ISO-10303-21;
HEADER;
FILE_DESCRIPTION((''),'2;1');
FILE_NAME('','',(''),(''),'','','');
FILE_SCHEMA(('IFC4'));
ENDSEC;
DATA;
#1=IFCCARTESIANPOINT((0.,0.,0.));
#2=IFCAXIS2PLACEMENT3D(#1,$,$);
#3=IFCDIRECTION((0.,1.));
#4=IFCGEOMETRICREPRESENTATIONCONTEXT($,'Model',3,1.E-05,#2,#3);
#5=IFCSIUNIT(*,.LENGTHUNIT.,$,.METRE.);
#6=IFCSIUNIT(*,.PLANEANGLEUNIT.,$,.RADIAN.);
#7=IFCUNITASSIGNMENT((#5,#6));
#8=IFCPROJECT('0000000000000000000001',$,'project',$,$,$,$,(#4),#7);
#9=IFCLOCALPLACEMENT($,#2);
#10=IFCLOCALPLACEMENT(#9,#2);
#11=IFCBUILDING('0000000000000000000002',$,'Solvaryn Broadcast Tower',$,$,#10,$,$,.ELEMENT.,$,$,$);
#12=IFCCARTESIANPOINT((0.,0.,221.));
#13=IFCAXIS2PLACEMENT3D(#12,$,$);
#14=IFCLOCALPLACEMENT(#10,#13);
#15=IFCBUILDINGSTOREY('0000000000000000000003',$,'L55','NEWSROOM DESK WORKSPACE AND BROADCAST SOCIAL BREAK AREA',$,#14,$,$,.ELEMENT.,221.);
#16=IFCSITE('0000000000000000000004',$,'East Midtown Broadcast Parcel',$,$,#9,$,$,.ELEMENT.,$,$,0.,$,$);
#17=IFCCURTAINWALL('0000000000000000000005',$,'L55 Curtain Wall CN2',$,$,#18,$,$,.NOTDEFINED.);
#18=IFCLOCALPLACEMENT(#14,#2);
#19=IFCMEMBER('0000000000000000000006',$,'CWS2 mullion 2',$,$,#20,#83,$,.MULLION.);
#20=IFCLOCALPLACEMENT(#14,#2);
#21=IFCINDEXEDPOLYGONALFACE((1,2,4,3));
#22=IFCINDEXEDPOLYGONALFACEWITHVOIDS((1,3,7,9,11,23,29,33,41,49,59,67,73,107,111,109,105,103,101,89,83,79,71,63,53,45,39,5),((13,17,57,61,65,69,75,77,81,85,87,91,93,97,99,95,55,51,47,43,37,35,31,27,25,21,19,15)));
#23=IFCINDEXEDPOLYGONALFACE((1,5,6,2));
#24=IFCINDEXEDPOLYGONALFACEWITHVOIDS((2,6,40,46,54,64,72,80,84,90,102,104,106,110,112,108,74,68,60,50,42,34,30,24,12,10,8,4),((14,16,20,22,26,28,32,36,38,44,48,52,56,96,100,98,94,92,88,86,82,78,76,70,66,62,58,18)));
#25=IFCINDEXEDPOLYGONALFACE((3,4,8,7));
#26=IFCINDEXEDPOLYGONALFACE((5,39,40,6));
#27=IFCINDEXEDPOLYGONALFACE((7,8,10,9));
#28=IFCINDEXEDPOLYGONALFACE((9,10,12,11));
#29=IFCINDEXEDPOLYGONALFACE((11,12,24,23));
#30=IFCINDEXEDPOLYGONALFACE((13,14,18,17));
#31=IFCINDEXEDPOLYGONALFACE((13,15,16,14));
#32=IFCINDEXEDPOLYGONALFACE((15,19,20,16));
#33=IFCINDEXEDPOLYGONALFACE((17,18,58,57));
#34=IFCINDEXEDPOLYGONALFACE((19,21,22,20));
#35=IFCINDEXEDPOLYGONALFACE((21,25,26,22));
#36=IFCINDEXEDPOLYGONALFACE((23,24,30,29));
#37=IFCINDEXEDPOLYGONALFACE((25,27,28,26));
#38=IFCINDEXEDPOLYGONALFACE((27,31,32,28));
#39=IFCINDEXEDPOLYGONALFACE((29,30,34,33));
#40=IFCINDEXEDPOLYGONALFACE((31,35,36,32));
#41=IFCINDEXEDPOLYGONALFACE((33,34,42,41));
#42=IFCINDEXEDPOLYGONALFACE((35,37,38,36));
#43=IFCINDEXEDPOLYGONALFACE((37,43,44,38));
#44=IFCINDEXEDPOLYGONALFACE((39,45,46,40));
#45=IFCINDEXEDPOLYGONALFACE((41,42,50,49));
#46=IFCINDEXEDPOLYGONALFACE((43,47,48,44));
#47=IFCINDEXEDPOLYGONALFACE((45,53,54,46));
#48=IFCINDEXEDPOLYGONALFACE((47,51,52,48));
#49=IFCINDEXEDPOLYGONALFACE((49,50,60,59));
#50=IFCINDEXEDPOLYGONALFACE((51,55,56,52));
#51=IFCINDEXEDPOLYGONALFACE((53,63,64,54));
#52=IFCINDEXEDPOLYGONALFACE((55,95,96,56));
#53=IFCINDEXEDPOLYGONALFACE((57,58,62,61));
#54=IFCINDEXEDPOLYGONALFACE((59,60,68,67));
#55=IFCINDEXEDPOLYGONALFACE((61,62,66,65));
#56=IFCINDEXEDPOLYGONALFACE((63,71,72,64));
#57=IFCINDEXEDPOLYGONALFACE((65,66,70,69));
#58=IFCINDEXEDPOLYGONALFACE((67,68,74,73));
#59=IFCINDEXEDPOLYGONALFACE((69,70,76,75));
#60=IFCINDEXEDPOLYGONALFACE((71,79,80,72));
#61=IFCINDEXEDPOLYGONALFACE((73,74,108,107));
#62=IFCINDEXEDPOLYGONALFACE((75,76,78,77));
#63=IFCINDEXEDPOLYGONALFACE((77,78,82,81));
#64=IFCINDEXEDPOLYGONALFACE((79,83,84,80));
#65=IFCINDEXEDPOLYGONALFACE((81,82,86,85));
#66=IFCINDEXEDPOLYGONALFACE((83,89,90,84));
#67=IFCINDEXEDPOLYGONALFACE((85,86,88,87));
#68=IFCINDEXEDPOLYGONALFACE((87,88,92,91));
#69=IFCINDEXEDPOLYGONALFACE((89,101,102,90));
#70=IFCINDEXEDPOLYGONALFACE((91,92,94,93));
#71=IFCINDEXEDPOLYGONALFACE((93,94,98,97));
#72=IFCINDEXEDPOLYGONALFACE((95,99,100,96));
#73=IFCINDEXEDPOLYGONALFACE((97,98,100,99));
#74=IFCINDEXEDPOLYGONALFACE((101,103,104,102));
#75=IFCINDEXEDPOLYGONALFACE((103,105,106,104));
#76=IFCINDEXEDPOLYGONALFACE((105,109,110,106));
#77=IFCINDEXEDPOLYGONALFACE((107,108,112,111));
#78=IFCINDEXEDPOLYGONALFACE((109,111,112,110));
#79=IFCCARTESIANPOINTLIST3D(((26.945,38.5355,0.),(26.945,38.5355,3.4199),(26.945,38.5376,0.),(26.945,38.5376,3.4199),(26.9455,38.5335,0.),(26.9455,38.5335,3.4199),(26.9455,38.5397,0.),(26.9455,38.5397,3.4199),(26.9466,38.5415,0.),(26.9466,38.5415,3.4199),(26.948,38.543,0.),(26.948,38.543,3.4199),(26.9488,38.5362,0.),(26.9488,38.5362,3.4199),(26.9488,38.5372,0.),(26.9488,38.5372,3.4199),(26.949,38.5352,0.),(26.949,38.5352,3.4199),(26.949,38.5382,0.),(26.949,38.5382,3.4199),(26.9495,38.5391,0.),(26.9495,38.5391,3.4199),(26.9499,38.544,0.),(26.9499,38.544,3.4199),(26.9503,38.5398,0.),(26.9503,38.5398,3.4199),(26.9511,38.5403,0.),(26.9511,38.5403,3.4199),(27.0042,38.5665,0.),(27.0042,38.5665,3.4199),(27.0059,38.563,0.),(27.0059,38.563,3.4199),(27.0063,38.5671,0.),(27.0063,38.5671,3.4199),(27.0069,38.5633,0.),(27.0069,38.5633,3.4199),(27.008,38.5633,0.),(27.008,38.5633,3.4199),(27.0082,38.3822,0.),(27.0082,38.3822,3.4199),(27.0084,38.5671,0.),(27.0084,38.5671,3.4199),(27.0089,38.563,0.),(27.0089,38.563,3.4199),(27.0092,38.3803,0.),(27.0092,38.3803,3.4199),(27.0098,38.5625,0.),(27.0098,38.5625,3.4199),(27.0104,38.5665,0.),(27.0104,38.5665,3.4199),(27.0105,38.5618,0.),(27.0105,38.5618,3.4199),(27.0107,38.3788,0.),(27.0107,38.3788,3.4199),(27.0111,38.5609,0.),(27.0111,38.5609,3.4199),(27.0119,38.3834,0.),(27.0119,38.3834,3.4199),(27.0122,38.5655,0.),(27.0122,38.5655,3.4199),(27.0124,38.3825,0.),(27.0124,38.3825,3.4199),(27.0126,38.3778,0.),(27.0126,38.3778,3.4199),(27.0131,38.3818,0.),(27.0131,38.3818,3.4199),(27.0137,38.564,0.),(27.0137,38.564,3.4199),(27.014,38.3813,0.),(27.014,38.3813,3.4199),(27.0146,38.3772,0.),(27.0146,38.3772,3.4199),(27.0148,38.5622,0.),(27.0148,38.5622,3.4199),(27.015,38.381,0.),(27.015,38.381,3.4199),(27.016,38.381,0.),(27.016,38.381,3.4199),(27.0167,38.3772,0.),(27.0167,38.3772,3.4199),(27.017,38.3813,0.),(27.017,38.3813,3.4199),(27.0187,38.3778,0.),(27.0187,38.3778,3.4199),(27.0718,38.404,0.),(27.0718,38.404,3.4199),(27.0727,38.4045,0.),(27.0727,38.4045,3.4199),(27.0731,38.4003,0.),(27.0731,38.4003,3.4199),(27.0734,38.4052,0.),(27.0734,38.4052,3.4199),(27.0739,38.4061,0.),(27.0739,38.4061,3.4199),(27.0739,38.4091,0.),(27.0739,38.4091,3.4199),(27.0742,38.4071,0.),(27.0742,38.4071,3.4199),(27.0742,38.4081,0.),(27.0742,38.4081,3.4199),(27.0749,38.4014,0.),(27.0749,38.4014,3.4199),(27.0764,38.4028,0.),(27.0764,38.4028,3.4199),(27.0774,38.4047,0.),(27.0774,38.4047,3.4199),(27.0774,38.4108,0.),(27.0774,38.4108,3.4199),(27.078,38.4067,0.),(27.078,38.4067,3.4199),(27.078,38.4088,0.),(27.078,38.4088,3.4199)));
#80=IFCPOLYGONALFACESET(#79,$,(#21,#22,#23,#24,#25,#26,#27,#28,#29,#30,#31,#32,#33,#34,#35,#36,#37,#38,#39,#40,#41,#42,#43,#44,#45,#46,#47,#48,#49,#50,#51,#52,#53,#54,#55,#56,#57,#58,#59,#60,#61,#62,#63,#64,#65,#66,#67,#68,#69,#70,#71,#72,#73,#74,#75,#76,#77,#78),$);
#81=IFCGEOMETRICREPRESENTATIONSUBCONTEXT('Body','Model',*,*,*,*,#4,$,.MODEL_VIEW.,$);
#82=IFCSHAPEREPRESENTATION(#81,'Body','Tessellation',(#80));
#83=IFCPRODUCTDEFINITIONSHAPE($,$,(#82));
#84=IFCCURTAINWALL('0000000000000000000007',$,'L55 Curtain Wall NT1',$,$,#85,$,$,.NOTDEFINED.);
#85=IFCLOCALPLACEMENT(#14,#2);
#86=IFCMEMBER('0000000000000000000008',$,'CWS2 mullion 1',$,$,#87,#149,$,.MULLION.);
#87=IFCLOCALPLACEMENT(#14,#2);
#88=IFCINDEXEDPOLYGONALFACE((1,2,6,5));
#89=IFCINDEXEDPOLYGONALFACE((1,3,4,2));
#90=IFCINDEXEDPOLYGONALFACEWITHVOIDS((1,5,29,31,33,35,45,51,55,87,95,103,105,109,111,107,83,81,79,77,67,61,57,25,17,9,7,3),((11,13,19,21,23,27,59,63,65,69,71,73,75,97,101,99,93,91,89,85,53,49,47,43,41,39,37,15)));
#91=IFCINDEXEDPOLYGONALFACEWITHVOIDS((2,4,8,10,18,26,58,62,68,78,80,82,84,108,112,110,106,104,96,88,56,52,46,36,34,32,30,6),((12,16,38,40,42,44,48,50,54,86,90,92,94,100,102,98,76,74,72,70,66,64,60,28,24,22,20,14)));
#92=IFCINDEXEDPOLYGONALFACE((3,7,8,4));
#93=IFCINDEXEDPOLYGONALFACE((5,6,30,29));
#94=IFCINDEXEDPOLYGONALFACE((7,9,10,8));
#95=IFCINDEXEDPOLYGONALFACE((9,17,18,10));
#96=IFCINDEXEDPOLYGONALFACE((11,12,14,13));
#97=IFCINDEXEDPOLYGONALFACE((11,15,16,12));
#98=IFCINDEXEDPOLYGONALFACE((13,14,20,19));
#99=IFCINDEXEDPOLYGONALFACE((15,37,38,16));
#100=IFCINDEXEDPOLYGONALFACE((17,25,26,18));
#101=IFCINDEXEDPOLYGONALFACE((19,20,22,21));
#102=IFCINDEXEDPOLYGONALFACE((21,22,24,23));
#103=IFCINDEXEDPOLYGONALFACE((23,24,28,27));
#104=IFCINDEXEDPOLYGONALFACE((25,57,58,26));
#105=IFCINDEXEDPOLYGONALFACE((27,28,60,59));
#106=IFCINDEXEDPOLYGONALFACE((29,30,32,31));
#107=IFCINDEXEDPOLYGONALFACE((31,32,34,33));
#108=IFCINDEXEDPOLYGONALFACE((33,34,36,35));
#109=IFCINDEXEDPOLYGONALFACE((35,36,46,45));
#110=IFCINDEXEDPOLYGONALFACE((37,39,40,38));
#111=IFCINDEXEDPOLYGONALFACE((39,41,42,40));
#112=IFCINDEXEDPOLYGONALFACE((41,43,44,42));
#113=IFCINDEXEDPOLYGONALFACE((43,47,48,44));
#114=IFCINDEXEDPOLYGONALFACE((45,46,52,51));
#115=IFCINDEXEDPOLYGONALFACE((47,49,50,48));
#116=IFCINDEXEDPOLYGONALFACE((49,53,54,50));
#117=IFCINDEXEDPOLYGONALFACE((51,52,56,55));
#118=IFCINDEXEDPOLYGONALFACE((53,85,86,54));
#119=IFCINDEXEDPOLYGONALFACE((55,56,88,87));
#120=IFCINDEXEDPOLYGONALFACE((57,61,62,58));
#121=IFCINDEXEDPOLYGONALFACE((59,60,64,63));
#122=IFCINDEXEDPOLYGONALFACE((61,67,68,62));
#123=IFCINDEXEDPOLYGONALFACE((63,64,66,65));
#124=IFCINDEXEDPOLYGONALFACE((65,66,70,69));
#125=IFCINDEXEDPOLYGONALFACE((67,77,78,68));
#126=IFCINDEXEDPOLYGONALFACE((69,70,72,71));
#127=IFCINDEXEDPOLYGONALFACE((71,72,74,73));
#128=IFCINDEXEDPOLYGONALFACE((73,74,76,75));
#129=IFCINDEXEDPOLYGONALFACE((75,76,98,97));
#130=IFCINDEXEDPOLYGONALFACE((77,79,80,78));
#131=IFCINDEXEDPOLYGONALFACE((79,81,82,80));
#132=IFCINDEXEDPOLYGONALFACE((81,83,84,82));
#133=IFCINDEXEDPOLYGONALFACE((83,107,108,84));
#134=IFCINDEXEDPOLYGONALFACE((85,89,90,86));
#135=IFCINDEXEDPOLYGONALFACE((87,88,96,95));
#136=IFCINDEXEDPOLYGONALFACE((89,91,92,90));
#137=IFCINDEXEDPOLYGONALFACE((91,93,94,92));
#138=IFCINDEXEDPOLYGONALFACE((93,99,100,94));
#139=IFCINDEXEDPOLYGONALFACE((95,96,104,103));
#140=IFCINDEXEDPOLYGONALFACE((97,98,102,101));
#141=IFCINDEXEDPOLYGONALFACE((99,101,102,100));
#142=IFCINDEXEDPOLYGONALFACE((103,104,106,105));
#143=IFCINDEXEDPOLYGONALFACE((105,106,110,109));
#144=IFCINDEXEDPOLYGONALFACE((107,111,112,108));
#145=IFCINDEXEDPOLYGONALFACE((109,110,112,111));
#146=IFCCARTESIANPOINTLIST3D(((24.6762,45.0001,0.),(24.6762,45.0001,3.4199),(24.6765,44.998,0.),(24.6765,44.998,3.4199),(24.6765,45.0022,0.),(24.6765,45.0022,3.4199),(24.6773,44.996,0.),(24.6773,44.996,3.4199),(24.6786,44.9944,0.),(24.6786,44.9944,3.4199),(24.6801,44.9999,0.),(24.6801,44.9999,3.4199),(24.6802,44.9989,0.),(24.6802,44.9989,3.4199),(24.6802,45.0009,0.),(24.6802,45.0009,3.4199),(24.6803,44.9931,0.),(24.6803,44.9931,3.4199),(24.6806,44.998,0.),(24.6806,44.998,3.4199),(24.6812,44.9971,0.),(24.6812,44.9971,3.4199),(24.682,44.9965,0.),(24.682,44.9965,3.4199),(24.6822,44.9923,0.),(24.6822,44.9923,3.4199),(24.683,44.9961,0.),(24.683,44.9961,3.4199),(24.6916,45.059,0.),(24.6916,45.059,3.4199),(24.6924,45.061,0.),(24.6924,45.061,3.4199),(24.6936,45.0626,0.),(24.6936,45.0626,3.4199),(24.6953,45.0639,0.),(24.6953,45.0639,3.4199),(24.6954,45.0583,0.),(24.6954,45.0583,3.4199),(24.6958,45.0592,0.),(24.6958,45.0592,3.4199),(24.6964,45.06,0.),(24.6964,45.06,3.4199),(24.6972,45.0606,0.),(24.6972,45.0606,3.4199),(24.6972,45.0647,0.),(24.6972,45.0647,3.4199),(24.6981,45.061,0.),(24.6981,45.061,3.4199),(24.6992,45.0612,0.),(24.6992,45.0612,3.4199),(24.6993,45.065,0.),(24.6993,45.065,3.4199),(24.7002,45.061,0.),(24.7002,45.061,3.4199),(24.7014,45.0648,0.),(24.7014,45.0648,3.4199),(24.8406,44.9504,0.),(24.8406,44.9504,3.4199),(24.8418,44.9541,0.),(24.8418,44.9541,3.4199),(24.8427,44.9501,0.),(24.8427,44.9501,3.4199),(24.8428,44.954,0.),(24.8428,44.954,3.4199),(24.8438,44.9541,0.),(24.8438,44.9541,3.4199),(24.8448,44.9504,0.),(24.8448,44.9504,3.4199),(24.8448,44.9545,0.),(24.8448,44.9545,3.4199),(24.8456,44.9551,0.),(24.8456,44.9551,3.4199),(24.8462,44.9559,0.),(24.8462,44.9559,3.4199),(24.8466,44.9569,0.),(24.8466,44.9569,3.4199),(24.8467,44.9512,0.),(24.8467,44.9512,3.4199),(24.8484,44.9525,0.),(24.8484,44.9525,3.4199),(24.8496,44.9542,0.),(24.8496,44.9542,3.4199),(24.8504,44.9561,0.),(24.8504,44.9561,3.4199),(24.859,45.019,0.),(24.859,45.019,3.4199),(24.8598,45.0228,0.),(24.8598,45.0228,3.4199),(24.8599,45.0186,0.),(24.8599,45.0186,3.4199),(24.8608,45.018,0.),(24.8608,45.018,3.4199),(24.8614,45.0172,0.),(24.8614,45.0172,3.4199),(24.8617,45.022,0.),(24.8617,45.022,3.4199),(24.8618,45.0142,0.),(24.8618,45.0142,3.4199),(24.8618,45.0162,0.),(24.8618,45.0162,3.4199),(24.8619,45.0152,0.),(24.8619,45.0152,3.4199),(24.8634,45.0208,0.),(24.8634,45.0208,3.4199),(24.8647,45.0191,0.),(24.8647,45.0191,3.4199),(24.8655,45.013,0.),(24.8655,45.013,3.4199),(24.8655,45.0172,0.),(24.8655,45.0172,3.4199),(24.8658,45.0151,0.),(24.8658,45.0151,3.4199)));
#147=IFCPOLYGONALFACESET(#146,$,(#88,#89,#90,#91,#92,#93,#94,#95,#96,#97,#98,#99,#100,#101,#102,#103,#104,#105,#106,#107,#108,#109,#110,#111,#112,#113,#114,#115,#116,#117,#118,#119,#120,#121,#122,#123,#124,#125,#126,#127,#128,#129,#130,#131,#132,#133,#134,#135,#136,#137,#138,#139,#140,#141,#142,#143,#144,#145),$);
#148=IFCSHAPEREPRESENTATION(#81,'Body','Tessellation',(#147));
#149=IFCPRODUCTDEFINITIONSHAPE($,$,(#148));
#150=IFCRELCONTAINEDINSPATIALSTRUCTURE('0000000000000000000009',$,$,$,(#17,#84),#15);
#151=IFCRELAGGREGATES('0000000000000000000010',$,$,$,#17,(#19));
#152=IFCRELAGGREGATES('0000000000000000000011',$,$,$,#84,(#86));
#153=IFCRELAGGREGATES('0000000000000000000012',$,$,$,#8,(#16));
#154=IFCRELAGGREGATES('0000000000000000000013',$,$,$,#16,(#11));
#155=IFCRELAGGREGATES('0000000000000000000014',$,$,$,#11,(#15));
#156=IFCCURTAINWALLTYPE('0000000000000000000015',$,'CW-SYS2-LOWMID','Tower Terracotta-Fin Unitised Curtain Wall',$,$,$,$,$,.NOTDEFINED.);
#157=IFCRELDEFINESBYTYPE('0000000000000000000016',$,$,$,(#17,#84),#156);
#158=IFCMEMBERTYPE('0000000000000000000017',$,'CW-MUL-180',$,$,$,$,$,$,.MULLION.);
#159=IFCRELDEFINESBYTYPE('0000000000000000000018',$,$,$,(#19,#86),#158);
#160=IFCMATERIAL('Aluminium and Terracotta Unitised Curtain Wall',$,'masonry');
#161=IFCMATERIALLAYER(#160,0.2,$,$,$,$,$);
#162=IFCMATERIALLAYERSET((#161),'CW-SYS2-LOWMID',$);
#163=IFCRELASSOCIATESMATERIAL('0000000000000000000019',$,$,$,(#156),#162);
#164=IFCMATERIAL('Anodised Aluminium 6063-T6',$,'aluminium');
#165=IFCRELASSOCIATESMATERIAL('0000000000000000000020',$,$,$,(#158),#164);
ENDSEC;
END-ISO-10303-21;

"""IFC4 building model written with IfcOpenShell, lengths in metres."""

from ifc_helpers import new_model, si_unit, direction, frame, origin, origin_2d, place, context, subcontext, project, spatial, hollow_rectangle, extrude, material, layer, layer_set, material_profile, profile_set, type_object, element, aggregate, save


model = new_model("IFC4")

# Units and contexts
model_context = context("Model", 3, precision=1e-05, world=origin(), true_north=direction((0.0, 1.0)))
body_context = subcontext(model_context, "Body", "Model", "MODEL_VIEW")
ifc_project = project(units=[si_unit("LENGTHUNIT", "METRE"), si_unit("PLANEANGLEUNIT", "RADIAN")], contexts=[model_context])

# Site, building, storey
site_placement = place(None, origin())
site = spatial("IfcSite", under=ifc_project, at=site_placement, Name="East Midtown Broadcast Parcel", CompositionType="ELEMENT", RefElevation=0.0)
building_placement = place(site_placement, origin())
building = spatial("IfcBuilding", under=site, at=building_placement, Name="Solvaryn Broadcast Tower", CompositionType="ELEMENT")
storey_placement = place(building_placement, frame((0.0, 0.0, 221.0)))
storey = spatial("IfcBuildingStorey", under=building, at=storey_placement, Name="L55", Description="NEWSROOM DESK WORKSPACE AND BROADCAST SOCIAL BREAK AREA", CompositionType="ELEMENT", Elevation=221.0)

# Shared definitions
ifc_material_1 = material(Name="Aluminium and Terracotta Unitised Curtain Wall", Category="masonry")
ifc_layer_1 = layer(ifc_material_1, 0.2)
ifc_layer_set_1 = layer_set([ifc_layer_1], Name="CW-SYS2-LOWMID")
curtain_wall_type = type_object("IfcCurtainWallType", Name="CW-SYS2-LOWMID", Description="Tower Terracotta-Fin Unitised Curtain Wall", PredefinedType="NOTDEFINED", material=ifc_layer_set_1)
ifc_material_2 = material(Name="Anodised Aluminium 6063-T6", Category="aluminium")
ifc_material_profile_1 = material_profile(ifc_material_2, hollow_rectangle(XDim=0.075, YDim=0.1799, WallThickness=0.0039, InnerFilletRadius=0.0039, OuterFilletRadius=0.0081, at=origin_2d()))
ifc_profile_set_1 = profile_set([ifc_material_profile_1], Name="Anodised Aluminium 6063-T6")
member_type_1 = type_object("IfcMemberType", Name="CW-MUL-180", PredefinedType="MULLION", material=ifc_profile_set_1)

# Curtain walls, members
curtain_wall_1_placement = place(storey_placement, origin())
curtain_wall_1 = element("IfcCurtainWall", 1, at=curtain_wall_1_placement, inside=storey, type_object=curtain_wall_type, Name="L55 Curtain Wall CN2", PredefinedType="NOTDEFINED")
member_1_placement = place(storey_placement, frame((27.0115, 38.4722, 0.0), z_axis=(0.0, 0.0, 1.0), x_axis=(-0.923895, -0.382646, 0.0)))
member_1 = element("IfcMember", 2, at=member_1_placement, type_object=member_type_1, Name="CWS2 mullion 2", PredefinedType="MULLION", context=body_context, shape_type="SweptSolid", body=[
    extrude(hollow_rectangle(XDim=0.075, YDim=0.1799, WallThickness=0.0039, InnerFilletRadius=0.0039, OuterFilletRadius=0.0081, at=origin_2d()), origin(), (0.0, 0.0, 1.0), 3.4199),
])
aggregate(curtain_wall_1, [member_1])
curtain_wall_2_placement = place(storey_placement, origin())
curtain_wall_2 = element("IfcCurtainWall", 3, at=curtain_wall_2_placement, inside=storey, type_object=curtain_wall_type, Name="L55 Curtain Wall NT1", PredefinedType="NOTDEFINED")
member_2_placement = place(storey_placement, frame((24.771, 45.0076, 0.0), z_axis=(0.0, 0.0, 1.0), x_axis=(-0.255893, -0.966705, 0.0)))
member_2 = element("IfcMember", 4, at=member_2_placement, type_object=member_type_1, Name="CWS2 mullion 1", PredefinedType="MULLION", context=body_context, shape_type="SweptSolid", body=[
    extrude(hollow_rectangle(XDim=0.075, YDim=0.1799, WallThickness=0.0039, InnerFilletRadius=0.0039, OuterFilletRadius=0.0081, at=origin_2d()), origin(), (0.0, 0.0, 1.0), 3.4199),
])

aggregate(curtain_wall_2, [member_2])

save(model, "model.ifc")
